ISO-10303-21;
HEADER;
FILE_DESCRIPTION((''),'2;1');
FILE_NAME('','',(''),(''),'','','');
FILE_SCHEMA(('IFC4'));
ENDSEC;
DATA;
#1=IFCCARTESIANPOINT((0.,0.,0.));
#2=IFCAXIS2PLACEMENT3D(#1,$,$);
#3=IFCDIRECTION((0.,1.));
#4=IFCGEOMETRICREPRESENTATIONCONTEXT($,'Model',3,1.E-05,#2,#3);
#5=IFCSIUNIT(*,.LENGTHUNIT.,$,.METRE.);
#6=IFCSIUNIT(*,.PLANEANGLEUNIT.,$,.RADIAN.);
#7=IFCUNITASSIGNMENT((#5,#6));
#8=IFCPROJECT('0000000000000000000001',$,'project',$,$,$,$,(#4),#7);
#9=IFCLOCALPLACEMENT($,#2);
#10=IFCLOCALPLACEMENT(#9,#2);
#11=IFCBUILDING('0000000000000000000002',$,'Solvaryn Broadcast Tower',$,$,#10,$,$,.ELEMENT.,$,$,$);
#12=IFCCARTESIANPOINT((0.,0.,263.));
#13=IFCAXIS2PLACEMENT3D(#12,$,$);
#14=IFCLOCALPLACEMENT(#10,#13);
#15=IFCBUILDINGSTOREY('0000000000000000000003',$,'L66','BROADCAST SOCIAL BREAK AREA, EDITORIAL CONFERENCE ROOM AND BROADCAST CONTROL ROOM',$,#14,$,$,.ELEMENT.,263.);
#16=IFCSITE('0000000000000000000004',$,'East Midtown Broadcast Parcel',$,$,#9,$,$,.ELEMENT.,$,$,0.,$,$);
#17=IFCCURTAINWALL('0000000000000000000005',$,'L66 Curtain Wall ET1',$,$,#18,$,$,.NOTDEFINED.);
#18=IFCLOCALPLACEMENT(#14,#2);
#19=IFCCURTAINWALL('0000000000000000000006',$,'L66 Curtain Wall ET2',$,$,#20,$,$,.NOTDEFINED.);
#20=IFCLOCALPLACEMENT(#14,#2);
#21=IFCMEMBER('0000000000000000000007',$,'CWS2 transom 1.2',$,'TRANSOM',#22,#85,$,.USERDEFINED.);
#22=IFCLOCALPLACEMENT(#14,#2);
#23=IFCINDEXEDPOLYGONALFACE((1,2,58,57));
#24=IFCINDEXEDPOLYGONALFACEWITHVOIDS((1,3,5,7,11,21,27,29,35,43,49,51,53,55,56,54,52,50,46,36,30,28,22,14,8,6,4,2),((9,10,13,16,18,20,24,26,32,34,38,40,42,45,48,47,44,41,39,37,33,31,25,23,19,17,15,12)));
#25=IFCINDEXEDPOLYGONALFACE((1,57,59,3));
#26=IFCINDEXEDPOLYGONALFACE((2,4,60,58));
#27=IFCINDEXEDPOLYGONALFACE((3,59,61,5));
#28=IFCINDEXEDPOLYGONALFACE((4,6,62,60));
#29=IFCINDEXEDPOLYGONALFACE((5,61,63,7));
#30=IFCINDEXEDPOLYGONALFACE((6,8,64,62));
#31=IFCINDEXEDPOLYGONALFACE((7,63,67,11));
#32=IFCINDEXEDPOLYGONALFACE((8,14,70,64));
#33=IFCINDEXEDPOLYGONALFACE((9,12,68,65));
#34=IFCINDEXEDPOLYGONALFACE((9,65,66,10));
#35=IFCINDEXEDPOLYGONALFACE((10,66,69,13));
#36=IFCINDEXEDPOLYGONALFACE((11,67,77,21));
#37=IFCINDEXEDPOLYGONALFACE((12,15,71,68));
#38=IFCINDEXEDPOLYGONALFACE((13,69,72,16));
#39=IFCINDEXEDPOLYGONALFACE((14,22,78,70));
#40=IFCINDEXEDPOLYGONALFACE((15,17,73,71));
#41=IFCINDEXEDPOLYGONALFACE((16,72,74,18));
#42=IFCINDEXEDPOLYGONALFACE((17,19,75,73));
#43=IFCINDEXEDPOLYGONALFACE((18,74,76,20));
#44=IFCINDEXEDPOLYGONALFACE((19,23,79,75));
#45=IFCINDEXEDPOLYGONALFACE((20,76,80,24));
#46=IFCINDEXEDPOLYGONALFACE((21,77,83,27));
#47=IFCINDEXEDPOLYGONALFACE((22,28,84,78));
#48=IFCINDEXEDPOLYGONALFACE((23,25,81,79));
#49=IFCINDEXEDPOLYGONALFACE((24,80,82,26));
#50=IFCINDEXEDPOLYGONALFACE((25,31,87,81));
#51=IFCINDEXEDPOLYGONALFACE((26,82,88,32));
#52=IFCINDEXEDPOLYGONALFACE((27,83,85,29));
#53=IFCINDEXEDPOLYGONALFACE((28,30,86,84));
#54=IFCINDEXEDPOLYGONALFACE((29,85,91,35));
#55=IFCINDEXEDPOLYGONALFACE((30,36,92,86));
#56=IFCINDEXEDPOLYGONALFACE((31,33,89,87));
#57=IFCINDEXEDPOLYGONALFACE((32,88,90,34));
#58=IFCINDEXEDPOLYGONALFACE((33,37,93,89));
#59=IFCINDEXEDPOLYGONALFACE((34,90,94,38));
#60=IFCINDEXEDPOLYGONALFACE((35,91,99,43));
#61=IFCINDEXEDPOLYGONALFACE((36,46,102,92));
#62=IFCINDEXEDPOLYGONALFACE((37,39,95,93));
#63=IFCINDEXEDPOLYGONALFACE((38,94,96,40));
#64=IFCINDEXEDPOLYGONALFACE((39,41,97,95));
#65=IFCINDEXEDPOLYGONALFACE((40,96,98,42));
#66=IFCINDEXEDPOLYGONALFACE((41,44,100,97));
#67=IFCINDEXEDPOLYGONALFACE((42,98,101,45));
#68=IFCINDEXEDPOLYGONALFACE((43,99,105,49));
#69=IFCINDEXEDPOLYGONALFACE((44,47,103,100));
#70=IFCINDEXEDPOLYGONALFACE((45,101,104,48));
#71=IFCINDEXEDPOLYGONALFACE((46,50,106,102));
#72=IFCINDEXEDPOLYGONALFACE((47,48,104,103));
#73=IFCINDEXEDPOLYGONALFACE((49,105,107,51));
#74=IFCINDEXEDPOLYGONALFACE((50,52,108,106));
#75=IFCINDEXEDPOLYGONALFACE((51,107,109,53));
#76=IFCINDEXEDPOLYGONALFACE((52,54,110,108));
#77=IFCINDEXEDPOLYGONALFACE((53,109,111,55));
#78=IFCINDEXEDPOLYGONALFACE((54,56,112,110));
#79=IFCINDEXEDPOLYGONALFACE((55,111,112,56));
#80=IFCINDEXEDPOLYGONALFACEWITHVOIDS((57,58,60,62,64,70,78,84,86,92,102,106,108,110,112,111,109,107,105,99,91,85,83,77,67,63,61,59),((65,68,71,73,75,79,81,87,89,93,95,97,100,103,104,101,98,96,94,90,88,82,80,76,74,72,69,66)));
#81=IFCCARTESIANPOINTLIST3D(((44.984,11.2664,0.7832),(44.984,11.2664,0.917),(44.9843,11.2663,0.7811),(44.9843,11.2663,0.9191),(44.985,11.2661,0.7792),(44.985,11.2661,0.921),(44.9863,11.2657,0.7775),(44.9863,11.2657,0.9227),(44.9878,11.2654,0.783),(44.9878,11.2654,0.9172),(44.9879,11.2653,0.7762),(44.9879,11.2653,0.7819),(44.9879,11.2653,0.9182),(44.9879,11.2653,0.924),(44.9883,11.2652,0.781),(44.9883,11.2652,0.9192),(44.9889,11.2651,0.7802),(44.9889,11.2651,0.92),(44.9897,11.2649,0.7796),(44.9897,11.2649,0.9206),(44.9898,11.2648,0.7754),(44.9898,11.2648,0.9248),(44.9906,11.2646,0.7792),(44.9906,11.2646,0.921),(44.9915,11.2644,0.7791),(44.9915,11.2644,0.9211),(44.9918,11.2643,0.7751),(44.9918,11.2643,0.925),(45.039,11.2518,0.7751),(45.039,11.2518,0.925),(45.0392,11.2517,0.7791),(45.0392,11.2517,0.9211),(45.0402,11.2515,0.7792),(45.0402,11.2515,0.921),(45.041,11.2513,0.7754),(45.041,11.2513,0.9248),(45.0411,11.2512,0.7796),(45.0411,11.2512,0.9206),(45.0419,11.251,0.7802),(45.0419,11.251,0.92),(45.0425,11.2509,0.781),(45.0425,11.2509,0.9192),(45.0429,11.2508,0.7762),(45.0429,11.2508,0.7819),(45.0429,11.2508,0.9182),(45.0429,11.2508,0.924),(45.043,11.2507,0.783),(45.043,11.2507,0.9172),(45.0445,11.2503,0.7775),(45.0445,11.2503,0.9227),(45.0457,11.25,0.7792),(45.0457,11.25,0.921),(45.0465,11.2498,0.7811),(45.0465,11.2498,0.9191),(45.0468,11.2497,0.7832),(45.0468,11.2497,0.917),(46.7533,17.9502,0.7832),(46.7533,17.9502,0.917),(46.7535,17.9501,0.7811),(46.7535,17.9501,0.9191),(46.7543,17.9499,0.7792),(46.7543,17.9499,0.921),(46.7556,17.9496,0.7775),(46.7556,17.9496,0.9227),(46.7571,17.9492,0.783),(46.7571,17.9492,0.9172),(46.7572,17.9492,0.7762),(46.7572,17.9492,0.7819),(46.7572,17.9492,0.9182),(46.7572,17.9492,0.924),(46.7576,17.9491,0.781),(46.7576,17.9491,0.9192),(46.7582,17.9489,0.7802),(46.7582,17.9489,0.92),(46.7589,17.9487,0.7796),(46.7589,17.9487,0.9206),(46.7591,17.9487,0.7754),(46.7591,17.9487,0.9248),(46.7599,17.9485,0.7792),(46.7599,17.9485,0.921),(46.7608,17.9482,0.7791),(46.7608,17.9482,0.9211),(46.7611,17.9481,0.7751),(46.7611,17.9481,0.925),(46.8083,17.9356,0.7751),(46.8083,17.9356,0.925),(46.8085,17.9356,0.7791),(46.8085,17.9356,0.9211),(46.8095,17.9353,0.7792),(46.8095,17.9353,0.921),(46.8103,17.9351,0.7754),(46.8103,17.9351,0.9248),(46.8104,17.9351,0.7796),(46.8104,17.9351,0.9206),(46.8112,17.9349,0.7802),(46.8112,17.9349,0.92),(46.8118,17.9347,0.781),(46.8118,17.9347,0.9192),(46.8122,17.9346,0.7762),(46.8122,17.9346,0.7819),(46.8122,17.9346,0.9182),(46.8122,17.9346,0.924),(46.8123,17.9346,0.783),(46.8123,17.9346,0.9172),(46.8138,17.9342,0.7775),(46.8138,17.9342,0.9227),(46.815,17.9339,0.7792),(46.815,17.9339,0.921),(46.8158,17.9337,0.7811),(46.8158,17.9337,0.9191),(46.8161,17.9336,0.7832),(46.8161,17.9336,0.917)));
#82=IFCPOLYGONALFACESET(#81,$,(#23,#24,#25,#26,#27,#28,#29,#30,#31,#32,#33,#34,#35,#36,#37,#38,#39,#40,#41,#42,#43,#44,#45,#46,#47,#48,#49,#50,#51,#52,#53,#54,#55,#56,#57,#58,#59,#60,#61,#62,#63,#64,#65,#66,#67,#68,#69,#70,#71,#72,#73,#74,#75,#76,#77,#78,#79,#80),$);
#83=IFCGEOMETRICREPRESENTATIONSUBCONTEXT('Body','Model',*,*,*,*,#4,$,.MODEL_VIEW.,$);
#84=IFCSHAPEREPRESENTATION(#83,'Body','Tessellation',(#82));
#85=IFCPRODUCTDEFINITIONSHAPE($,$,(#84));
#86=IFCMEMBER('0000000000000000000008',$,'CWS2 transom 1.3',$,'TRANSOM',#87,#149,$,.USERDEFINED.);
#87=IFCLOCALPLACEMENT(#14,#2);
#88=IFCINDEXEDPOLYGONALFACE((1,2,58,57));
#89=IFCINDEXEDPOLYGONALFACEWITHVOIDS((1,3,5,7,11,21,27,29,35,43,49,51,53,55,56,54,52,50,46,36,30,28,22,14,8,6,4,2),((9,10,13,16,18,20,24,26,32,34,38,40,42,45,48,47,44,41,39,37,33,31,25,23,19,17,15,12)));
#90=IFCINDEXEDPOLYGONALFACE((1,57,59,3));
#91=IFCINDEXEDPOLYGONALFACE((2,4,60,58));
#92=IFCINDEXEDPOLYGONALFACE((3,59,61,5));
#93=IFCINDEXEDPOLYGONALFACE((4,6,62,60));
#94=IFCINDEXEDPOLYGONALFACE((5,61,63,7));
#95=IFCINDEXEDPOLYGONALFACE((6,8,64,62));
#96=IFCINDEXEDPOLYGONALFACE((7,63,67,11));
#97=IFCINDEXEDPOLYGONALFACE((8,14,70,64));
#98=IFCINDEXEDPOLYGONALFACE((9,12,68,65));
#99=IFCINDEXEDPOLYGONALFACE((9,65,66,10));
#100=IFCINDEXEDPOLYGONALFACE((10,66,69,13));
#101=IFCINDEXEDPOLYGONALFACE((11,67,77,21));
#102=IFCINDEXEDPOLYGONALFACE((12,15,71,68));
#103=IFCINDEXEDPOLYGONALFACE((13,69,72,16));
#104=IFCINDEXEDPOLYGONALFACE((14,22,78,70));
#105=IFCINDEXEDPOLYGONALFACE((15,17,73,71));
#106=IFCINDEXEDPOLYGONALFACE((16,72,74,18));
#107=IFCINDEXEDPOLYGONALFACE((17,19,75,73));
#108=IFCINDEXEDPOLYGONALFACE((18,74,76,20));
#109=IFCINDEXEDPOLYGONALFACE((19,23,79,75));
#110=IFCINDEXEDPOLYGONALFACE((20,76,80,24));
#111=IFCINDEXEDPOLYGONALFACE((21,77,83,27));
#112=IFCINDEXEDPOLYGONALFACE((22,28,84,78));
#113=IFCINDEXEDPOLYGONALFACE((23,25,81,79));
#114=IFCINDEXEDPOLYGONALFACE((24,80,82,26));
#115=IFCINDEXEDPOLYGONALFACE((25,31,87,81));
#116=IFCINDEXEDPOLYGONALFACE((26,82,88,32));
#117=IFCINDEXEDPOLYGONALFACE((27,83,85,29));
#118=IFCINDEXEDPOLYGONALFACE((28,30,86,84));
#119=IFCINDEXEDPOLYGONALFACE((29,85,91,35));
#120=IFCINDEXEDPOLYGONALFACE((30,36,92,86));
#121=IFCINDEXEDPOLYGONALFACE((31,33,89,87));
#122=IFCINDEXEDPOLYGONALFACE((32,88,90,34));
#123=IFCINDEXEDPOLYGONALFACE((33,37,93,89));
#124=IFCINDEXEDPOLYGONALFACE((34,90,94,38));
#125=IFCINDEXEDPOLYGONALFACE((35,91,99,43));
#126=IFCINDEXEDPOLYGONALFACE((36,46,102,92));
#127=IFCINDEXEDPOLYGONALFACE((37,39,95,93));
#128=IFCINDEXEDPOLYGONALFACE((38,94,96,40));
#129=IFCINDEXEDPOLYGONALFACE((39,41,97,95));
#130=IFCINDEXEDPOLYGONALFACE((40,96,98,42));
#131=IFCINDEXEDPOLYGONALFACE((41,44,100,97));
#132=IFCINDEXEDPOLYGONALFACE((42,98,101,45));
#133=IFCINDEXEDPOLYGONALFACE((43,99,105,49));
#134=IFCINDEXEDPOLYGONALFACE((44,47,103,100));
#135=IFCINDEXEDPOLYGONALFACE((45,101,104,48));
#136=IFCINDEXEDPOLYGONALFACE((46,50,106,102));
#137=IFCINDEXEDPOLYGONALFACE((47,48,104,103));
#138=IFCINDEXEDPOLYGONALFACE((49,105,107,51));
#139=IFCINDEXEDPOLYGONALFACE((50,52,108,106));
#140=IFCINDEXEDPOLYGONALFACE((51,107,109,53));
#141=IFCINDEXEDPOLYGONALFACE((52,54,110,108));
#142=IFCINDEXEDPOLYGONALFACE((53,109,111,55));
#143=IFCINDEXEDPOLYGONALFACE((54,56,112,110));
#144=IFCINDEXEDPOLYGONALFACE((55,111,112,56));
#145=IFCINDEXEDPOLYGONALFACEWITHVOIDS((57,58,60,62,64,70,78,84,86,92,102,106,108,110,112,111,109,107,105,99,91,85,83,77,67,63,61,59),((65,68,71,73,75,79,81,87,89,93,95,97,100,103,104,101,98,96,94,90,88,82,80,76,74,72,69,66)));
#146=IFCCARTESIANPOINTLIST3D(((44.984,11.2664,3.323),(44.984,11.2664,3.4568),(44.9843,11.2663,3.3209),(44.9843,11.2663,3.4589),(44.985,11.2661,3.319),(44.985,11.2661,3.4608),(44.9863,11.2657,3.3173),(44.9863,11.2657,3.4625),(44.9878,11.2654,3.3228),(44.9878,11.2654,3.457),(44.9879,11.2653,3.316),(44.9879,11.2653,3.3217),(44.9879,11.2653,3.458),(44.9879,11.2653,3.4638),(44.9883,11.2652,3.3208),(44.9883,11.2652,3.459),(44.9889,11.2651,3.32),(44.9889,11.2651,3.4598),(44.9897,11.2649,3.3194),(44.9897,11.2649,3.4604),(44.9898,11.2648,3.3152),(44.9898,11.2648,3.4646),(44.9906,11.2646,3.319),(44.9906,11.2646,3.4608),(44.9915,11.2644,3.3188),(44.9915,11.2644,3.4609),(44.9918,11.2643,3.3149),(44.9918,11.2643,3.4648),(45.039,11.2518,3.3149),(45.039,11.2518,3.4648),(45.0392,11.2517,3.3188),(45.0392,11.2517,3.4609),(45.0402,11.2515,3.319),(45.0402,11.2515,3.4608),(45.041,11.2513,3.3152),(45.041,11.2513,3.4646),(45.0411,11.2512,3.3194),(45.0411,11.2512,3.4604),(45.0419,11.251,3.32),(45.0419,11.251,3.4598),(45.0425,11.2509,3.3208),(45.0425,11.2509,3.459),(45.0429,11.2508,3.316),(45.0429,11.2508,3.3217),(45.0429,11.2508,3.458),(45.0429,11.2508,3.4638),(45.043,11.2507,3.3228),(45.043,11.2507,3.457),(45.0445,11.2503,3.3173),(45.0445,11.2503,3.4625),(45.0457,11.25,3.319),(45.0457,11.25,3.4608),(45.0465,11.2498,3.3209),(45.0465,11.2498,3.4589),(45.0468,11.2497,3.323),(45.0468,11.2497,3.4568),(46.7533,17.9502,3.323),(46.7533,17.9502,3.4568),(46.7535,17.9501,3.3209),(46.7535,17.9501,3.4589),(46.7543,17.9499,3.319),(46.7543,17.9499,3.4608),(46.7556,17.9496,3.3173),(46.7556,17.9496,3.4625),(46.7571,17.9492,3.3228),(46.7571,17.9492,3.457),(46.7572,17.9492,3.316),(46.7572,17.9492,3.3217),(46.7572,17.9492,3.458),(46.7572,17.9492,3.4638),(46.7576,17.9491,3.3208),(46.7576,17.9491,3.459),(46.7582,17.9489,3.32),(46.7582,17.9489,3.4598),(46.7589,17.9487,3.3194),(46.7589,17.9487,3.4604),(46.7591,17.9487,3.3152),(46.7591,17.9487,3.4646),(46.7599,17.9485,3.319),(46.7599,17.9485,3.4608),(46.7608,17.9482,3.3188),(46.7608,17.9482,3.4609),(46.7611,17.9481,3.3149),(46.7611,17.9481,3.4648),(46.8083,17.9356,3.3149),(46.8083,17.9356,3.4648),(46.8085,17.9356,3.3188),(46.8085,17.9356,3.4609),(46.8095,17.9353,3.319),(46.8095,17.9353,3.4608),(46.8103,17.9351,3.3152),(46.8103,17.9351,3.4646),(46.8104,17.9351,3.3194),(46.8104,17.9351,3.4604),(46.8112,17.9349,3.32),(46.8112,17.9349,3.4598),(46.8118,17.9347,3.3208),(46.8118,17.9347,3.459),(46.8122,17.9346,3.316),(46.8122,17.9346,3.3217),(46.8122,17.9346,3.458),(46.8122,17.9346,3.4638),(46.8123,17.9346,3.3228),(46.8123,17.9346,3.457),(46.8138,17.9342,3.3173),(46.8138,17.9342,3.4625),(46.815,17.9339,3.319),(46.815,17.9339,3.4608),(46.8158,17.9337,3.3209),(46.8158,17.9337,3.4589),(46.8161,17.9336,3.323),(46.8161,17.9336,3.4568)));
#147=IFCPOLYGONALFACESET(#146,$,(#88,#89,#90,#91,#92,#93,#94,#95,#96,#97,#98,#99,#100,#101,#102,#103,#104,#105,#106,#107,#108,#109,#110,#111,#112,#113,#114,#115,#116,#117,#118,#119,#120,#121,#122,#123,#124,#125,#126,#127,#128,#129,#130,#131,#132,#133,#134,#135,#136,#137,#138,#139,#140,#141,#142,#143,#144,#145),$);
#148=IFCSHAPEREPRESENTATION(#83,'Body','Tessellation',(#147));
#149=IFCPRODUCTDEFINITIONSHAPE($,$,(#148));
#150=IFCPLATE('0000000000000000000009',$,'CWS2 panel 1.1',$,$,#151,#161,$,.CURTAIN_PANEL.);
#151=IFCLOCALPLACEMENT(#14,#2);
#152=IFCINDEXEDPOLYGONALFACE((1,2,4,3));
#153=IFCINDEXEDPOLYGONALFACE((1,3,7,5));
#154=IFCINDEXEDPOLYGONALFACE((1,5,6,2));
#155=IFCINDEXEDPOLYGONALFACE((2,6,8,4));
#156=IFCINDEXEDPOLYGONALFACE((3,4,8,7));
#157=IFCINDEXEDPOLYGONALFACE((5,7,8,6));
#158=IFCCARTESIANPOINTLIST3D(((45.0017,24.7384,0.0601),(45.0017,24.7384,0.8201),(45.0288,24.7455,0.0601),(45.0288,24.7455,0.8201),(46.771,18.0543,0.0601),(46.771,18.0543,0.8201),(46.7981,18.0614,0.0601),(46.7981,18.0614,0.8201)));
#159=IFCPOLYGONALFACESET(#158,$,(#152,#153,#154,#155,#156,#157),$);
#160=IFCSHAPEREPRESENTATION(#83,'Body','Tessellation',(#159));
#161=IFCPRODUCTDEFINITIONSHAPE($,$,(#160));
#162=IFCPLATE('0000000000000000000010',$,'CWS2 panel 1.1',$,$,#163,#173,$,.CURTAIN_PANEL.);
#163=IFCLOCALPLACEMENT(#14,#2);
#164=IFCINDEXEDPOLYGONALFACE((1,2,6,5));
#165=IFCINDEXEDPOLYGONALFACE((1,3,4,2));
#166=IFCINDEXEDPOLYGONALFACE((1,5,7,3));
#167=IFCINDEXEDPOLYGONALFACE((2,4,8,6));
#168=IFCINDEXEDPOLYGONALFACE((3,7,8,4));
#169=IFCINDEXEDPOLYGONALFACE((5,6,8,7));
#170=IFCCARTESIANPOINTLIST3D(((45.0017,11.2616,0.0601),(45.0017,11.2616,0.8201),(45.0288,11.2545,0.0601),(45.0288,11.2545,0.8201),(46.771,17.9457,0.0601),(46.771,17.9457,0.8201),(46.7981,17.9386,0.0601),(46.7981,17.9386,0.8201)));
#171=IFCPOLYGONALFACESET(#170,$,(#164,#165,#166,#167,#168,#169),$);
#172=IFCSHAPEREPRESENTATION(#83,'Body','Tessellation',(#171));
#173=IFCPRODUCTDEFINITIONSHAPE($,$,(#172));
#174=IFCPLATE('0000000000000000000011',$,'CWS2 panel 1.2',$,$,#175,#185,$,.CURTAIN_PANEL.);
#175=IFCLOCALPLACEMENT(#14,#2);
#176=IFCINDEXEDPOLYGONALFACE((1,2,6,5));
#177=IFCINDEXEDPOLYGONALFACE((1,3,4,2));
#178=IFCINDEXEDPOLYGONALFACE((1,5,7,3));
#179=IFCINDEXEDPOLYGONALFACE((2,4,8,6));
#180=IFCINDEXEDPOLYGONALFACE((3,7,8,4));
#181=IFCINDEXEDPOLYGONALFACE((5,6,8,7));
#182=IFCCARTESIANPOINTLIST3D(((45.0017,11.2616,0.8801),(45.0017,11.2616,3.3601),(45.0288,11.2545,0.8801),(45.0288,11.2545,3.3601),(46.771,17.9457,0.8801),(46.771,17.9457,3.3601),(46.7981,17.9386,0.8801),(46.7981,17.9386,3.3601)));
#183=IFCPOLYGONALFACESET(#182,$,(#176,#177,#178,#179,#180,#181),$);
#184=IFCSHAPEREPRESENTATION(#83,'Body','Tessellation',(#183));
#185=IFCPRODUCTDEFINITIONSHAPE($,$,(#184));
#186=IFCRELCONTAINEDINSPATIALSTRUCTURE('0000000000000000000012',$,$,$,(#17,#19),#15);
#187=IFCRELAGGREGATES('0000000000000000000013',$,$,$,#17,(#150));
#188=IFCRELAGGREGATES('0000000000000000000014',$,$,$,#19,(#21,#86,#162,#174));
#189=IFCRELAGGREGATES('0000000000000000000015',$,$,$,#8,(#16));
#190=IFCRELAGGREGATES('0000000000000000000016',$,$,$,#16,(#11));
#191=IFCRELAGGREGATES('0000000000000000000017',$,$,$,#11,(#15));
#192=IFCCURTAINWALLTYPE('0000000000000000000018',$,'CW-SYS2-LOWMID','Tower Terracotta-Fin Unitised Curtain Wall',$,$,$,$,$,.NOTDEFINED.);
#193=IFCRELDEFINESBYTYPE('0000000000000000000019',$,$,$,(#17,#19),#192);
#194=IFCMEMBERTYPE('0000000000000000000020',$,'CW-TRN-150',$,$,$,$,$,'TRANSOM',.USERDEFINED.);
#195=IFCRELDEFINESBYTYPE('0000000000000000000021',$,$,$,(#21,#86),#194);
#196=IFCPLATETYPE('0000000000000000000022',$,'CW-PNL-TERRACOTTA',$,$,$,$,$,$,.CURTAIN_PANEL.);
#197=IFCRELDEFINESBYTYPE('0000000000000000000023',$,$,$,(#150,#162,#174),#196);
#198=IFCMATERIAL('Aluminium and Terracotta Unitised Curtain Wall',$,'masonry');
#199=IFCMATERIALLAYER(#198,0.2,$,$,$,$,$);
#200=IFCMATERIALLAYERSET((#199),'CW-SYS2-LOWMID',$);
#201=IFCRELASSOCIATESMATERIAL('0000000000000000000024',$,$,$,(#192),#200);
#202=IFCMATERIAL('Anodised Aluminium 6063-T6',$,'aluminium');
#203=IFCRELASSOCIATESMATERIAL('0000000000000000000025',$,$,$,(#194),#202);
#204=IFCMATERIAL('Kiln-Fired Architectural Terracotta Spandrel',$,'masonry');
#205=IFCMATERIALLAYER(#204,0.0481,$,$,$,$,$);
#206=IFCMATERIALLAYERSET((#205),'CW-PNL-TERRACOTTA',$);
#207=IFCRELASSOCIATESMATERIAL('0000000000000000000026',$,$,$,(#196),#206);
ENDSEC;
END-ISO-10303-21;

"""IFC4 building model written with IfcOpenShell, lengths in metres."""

from ifc_helpers import new_model, si_unit, direction, frame, origin, origin_2d, place, context, subcontext, project, spatial, rectangle, hollow_rectangle, extrude, material, layer, layer_set, material_profile, profile_set, type_object, element, aggregate, save


model = new_model("IFC4")

# Units and contexts
model_context = context("Model", 3, precision=1e-05, world=origin(), true_north=direction((0.0, 1.0)))
body_context = subcontext(model_context, "Body", "Model", "MODEL_VIEW")
ifc_project = project(units=[si_unit("LENGTHUNIT", "METRE"), si_unit("PLANEANGLEUNIT", "RADIAN")], contexts=[model_context])

# Site, building, storey
site_placement = place(None, origin())
site = spatial("IfcSite", under=ifc_project, at=site_placement, Name="East Midtown Broadcast Parcel", CompositionType="ELEMENT", RefElevation=0.0)
building_placement = place(site_placement, origin())
building = spatial("IfcBuilding", under=site, at=building_placement, Name="Solvaryn Broadcast Tower", CompositionType="ELEMENT")
storey_placement = place(building_placement, frame((0.0, 0.0, 263.0)))
storey = spatial("IfcBuildingStorey", under=building, at=storey_placement, Name="L66", Description="BROADCAST SOCIAL BREAK AREA, EDITORIAL CONFERENCE ROOM AND BROADCAST CONTROL ROOM", CompositionType="ELEMENT", Elevation=263.0)

# Curtain wall
ifc_material_1 = material(Name="Aluminium and Terracotta Unitised Curtain Wall", Category="masonry")
ifc_layer_1 = layer(ifc_material_1, 0.2)
ifc_layer_set_1 = layer_set([ifc_layer_1], Name="CW-SYS2-LOWMID")
curtain_wall_type = type_object("IfcCurtainWallType", Name="CW-SYS2-LOWMID", Description="Tower Terracotta-Fin Unitised Curtain Wall", PredefinedType="NOTDEFINED", material=ifc_layer_set_1)
curtain_wall_1_placement = place(storey_placement, origin())
curtain_wall_1 = element("IfcCurtainWall", 1, at=curtain_wall_1_placement, inside=storey, type_object=curtain_wall_type, Name="L66 Curtain Wall ET1", PredefinedType="NOTDEFINED")

# Curtain wall, members
curtain_wall_2_placement = place(storey_placement, origin())
curtain_wall_2 = element("IfcCurtainWall", 2, at=curtain_wall_2_placement, inside=storey, type_object=curtain_wall_type, Name="L66 Curtain Wall ET2", PredefinedType="NOTDEFINED")
ifc_material_2 = material(Name="Anodised Aluminium 6063-T6", Category="aluminium")
ifc_material_profile_1 = material_profile(ifc_material_2, hollow_rectangle(XDim=0.0649, YDim=0.1499, WallThickness=0.0039, InnerFilletRadius=0.0039, OuterFilletRadius=0.0081, at=origin_2d()))
ifc_profile_set_1 = profile_set([ifc_material_profile_1], Name="Anodised Aluminium 6063-T6")
member_type_1 = type_object("IfcMemberType", Name="CW-TRN-150", ElementType="TRANSOM", PredefinedType="USERDEFINED", material=ifc_profile_set_1)
member_1_placement = place(storey_placement, frame((46.7847, 17.9419, 0.8501), z_axis=(-0.255897, -0.966704, 0.0), x_axis=(0.966704, -0.255897, 0.0)))
member_1 = element("IfcMember", 3, at=member_1_placement, type_object=member_type_1, Name="CWS2 transom 1.2", ObjectType="TRANSOM", PredefinedType="USERDEFINED", context=body_context, shape_type="SweptSolid", body=[
    extrude(hollow_rectangle(XDim=0.0649, YDim=0.1499, WallThickness=0.0039, InnerFilletRadius=0.0039, OuterFilletRadius=0.0081, at=origin_2d()), origin(), (0.0, 0.0, 1.0), 6.9141),
])
member_2_placement = place(storey_placement, frame((46.7847, 17.9419, 3.3899), z_axis=(-0.255897, -0.966704, 0.0), x_axis=(0.966704, -0.255897, 0.0)))
member_2 = element("IfcMember", 4, at=member_2_placement, type_object=member_type_1, Name="CWS2 transom 1.3", ObjectType="TRANSOM", PredefinedType="USERDEFINED", context=body_context, shape_type="SweptSolid", body=[
    extrude(hollow_rectangle(XDim=0.0649, YDim=0.1499, WallThickness=0.0039, InnerFilletRadius=0.0039, OuterFilletRadius=0.0081, at=origin_2d()), origin(), (0.0, 0.0, 1.0), 6.9141),
])

# Plates
ifc_material_3 = material(Name="Kiln-Fired Architectural Terracotta Spandrel", Category="masonry")
ifc_layer_2 = layer(ifc_material_3, 0.0481)
ifc_layer_set_2 = layer_set([ifc_layer_2], Name="CW-PNL-TERRACOTTA")
plate_type = type_object("IfcPlateType", Name="CW-PNL-TERRACOTTA", PredefinedType="CURTAIN_PANEL", material=ifc_layer_set_2)
plate_1_placement = place(storey_placement, frame((45.8999, 21.3999, 0.0601), z_axis=(0.0, 0.0, 1.0), x_axis=(0.255893, -0.966705, 0.0)))
plate_1 = element("IfcPlate", 5, at=plate_1_placement, type_object=plate_type, Name="CWS2 panel 1.1", PredefinedType="CURTAIN_PANEL", context=body_context, shape_type="SweptSolid", body=[
    extrude(rectangle(XDim=6.9143, YDim=0.0281, at=origin_2d()), origin(), (0.0, 0.0, 1.0), 0.76),
])
aggregate(curtain_wall_1, [plate_1])
plate_2_placement = place(storey_placement, frame((45.8999, 14.6001, 0.0601), z_axis=(0.0, 0.0, 1.0), x_axis=(-0.255893, -0.966705, 0.0)))
plate_2 = element("IfcPlate", 6, at=plate_2_placement, type_object=plate_type, Name="CWS2 panel 1.1", PredefinedType="CURTAIN_PANEL", context=body_context, shape_type="SweptSolid", body=[
    extrude(rectangle(XDim=6.9143, YDim=0.0281, at=origin_2d()), origin(), (0.0, 0.0, 1.0), 0.76),
])
plate_3_placement = place(storey_placement, frame((45.8999, 14.6001, 0.8801), z_axis=(0.0, 0.0, 1.0), x_axis=(-0.255893, -0.966705, 0.0)))
plate_3 = element("IfcPlate", 7, at=plate_3_placement, type_object=plate_type, Name="CWS2 panel 1.2", PredefinedType="CURTAIN_PANEL", context=body_context, shape_type="SweptSolid", body=[
    extrude(rectangle(XDim=6.9143, YDim=0.0281, at=origin_2d()), origin(), (0.0, 0.0, 1.0), 2.48),
])
aggregate(curtain_wall_2, [member_1, member_2, plate_2, plate_3])

save(model, "model.ifc")
